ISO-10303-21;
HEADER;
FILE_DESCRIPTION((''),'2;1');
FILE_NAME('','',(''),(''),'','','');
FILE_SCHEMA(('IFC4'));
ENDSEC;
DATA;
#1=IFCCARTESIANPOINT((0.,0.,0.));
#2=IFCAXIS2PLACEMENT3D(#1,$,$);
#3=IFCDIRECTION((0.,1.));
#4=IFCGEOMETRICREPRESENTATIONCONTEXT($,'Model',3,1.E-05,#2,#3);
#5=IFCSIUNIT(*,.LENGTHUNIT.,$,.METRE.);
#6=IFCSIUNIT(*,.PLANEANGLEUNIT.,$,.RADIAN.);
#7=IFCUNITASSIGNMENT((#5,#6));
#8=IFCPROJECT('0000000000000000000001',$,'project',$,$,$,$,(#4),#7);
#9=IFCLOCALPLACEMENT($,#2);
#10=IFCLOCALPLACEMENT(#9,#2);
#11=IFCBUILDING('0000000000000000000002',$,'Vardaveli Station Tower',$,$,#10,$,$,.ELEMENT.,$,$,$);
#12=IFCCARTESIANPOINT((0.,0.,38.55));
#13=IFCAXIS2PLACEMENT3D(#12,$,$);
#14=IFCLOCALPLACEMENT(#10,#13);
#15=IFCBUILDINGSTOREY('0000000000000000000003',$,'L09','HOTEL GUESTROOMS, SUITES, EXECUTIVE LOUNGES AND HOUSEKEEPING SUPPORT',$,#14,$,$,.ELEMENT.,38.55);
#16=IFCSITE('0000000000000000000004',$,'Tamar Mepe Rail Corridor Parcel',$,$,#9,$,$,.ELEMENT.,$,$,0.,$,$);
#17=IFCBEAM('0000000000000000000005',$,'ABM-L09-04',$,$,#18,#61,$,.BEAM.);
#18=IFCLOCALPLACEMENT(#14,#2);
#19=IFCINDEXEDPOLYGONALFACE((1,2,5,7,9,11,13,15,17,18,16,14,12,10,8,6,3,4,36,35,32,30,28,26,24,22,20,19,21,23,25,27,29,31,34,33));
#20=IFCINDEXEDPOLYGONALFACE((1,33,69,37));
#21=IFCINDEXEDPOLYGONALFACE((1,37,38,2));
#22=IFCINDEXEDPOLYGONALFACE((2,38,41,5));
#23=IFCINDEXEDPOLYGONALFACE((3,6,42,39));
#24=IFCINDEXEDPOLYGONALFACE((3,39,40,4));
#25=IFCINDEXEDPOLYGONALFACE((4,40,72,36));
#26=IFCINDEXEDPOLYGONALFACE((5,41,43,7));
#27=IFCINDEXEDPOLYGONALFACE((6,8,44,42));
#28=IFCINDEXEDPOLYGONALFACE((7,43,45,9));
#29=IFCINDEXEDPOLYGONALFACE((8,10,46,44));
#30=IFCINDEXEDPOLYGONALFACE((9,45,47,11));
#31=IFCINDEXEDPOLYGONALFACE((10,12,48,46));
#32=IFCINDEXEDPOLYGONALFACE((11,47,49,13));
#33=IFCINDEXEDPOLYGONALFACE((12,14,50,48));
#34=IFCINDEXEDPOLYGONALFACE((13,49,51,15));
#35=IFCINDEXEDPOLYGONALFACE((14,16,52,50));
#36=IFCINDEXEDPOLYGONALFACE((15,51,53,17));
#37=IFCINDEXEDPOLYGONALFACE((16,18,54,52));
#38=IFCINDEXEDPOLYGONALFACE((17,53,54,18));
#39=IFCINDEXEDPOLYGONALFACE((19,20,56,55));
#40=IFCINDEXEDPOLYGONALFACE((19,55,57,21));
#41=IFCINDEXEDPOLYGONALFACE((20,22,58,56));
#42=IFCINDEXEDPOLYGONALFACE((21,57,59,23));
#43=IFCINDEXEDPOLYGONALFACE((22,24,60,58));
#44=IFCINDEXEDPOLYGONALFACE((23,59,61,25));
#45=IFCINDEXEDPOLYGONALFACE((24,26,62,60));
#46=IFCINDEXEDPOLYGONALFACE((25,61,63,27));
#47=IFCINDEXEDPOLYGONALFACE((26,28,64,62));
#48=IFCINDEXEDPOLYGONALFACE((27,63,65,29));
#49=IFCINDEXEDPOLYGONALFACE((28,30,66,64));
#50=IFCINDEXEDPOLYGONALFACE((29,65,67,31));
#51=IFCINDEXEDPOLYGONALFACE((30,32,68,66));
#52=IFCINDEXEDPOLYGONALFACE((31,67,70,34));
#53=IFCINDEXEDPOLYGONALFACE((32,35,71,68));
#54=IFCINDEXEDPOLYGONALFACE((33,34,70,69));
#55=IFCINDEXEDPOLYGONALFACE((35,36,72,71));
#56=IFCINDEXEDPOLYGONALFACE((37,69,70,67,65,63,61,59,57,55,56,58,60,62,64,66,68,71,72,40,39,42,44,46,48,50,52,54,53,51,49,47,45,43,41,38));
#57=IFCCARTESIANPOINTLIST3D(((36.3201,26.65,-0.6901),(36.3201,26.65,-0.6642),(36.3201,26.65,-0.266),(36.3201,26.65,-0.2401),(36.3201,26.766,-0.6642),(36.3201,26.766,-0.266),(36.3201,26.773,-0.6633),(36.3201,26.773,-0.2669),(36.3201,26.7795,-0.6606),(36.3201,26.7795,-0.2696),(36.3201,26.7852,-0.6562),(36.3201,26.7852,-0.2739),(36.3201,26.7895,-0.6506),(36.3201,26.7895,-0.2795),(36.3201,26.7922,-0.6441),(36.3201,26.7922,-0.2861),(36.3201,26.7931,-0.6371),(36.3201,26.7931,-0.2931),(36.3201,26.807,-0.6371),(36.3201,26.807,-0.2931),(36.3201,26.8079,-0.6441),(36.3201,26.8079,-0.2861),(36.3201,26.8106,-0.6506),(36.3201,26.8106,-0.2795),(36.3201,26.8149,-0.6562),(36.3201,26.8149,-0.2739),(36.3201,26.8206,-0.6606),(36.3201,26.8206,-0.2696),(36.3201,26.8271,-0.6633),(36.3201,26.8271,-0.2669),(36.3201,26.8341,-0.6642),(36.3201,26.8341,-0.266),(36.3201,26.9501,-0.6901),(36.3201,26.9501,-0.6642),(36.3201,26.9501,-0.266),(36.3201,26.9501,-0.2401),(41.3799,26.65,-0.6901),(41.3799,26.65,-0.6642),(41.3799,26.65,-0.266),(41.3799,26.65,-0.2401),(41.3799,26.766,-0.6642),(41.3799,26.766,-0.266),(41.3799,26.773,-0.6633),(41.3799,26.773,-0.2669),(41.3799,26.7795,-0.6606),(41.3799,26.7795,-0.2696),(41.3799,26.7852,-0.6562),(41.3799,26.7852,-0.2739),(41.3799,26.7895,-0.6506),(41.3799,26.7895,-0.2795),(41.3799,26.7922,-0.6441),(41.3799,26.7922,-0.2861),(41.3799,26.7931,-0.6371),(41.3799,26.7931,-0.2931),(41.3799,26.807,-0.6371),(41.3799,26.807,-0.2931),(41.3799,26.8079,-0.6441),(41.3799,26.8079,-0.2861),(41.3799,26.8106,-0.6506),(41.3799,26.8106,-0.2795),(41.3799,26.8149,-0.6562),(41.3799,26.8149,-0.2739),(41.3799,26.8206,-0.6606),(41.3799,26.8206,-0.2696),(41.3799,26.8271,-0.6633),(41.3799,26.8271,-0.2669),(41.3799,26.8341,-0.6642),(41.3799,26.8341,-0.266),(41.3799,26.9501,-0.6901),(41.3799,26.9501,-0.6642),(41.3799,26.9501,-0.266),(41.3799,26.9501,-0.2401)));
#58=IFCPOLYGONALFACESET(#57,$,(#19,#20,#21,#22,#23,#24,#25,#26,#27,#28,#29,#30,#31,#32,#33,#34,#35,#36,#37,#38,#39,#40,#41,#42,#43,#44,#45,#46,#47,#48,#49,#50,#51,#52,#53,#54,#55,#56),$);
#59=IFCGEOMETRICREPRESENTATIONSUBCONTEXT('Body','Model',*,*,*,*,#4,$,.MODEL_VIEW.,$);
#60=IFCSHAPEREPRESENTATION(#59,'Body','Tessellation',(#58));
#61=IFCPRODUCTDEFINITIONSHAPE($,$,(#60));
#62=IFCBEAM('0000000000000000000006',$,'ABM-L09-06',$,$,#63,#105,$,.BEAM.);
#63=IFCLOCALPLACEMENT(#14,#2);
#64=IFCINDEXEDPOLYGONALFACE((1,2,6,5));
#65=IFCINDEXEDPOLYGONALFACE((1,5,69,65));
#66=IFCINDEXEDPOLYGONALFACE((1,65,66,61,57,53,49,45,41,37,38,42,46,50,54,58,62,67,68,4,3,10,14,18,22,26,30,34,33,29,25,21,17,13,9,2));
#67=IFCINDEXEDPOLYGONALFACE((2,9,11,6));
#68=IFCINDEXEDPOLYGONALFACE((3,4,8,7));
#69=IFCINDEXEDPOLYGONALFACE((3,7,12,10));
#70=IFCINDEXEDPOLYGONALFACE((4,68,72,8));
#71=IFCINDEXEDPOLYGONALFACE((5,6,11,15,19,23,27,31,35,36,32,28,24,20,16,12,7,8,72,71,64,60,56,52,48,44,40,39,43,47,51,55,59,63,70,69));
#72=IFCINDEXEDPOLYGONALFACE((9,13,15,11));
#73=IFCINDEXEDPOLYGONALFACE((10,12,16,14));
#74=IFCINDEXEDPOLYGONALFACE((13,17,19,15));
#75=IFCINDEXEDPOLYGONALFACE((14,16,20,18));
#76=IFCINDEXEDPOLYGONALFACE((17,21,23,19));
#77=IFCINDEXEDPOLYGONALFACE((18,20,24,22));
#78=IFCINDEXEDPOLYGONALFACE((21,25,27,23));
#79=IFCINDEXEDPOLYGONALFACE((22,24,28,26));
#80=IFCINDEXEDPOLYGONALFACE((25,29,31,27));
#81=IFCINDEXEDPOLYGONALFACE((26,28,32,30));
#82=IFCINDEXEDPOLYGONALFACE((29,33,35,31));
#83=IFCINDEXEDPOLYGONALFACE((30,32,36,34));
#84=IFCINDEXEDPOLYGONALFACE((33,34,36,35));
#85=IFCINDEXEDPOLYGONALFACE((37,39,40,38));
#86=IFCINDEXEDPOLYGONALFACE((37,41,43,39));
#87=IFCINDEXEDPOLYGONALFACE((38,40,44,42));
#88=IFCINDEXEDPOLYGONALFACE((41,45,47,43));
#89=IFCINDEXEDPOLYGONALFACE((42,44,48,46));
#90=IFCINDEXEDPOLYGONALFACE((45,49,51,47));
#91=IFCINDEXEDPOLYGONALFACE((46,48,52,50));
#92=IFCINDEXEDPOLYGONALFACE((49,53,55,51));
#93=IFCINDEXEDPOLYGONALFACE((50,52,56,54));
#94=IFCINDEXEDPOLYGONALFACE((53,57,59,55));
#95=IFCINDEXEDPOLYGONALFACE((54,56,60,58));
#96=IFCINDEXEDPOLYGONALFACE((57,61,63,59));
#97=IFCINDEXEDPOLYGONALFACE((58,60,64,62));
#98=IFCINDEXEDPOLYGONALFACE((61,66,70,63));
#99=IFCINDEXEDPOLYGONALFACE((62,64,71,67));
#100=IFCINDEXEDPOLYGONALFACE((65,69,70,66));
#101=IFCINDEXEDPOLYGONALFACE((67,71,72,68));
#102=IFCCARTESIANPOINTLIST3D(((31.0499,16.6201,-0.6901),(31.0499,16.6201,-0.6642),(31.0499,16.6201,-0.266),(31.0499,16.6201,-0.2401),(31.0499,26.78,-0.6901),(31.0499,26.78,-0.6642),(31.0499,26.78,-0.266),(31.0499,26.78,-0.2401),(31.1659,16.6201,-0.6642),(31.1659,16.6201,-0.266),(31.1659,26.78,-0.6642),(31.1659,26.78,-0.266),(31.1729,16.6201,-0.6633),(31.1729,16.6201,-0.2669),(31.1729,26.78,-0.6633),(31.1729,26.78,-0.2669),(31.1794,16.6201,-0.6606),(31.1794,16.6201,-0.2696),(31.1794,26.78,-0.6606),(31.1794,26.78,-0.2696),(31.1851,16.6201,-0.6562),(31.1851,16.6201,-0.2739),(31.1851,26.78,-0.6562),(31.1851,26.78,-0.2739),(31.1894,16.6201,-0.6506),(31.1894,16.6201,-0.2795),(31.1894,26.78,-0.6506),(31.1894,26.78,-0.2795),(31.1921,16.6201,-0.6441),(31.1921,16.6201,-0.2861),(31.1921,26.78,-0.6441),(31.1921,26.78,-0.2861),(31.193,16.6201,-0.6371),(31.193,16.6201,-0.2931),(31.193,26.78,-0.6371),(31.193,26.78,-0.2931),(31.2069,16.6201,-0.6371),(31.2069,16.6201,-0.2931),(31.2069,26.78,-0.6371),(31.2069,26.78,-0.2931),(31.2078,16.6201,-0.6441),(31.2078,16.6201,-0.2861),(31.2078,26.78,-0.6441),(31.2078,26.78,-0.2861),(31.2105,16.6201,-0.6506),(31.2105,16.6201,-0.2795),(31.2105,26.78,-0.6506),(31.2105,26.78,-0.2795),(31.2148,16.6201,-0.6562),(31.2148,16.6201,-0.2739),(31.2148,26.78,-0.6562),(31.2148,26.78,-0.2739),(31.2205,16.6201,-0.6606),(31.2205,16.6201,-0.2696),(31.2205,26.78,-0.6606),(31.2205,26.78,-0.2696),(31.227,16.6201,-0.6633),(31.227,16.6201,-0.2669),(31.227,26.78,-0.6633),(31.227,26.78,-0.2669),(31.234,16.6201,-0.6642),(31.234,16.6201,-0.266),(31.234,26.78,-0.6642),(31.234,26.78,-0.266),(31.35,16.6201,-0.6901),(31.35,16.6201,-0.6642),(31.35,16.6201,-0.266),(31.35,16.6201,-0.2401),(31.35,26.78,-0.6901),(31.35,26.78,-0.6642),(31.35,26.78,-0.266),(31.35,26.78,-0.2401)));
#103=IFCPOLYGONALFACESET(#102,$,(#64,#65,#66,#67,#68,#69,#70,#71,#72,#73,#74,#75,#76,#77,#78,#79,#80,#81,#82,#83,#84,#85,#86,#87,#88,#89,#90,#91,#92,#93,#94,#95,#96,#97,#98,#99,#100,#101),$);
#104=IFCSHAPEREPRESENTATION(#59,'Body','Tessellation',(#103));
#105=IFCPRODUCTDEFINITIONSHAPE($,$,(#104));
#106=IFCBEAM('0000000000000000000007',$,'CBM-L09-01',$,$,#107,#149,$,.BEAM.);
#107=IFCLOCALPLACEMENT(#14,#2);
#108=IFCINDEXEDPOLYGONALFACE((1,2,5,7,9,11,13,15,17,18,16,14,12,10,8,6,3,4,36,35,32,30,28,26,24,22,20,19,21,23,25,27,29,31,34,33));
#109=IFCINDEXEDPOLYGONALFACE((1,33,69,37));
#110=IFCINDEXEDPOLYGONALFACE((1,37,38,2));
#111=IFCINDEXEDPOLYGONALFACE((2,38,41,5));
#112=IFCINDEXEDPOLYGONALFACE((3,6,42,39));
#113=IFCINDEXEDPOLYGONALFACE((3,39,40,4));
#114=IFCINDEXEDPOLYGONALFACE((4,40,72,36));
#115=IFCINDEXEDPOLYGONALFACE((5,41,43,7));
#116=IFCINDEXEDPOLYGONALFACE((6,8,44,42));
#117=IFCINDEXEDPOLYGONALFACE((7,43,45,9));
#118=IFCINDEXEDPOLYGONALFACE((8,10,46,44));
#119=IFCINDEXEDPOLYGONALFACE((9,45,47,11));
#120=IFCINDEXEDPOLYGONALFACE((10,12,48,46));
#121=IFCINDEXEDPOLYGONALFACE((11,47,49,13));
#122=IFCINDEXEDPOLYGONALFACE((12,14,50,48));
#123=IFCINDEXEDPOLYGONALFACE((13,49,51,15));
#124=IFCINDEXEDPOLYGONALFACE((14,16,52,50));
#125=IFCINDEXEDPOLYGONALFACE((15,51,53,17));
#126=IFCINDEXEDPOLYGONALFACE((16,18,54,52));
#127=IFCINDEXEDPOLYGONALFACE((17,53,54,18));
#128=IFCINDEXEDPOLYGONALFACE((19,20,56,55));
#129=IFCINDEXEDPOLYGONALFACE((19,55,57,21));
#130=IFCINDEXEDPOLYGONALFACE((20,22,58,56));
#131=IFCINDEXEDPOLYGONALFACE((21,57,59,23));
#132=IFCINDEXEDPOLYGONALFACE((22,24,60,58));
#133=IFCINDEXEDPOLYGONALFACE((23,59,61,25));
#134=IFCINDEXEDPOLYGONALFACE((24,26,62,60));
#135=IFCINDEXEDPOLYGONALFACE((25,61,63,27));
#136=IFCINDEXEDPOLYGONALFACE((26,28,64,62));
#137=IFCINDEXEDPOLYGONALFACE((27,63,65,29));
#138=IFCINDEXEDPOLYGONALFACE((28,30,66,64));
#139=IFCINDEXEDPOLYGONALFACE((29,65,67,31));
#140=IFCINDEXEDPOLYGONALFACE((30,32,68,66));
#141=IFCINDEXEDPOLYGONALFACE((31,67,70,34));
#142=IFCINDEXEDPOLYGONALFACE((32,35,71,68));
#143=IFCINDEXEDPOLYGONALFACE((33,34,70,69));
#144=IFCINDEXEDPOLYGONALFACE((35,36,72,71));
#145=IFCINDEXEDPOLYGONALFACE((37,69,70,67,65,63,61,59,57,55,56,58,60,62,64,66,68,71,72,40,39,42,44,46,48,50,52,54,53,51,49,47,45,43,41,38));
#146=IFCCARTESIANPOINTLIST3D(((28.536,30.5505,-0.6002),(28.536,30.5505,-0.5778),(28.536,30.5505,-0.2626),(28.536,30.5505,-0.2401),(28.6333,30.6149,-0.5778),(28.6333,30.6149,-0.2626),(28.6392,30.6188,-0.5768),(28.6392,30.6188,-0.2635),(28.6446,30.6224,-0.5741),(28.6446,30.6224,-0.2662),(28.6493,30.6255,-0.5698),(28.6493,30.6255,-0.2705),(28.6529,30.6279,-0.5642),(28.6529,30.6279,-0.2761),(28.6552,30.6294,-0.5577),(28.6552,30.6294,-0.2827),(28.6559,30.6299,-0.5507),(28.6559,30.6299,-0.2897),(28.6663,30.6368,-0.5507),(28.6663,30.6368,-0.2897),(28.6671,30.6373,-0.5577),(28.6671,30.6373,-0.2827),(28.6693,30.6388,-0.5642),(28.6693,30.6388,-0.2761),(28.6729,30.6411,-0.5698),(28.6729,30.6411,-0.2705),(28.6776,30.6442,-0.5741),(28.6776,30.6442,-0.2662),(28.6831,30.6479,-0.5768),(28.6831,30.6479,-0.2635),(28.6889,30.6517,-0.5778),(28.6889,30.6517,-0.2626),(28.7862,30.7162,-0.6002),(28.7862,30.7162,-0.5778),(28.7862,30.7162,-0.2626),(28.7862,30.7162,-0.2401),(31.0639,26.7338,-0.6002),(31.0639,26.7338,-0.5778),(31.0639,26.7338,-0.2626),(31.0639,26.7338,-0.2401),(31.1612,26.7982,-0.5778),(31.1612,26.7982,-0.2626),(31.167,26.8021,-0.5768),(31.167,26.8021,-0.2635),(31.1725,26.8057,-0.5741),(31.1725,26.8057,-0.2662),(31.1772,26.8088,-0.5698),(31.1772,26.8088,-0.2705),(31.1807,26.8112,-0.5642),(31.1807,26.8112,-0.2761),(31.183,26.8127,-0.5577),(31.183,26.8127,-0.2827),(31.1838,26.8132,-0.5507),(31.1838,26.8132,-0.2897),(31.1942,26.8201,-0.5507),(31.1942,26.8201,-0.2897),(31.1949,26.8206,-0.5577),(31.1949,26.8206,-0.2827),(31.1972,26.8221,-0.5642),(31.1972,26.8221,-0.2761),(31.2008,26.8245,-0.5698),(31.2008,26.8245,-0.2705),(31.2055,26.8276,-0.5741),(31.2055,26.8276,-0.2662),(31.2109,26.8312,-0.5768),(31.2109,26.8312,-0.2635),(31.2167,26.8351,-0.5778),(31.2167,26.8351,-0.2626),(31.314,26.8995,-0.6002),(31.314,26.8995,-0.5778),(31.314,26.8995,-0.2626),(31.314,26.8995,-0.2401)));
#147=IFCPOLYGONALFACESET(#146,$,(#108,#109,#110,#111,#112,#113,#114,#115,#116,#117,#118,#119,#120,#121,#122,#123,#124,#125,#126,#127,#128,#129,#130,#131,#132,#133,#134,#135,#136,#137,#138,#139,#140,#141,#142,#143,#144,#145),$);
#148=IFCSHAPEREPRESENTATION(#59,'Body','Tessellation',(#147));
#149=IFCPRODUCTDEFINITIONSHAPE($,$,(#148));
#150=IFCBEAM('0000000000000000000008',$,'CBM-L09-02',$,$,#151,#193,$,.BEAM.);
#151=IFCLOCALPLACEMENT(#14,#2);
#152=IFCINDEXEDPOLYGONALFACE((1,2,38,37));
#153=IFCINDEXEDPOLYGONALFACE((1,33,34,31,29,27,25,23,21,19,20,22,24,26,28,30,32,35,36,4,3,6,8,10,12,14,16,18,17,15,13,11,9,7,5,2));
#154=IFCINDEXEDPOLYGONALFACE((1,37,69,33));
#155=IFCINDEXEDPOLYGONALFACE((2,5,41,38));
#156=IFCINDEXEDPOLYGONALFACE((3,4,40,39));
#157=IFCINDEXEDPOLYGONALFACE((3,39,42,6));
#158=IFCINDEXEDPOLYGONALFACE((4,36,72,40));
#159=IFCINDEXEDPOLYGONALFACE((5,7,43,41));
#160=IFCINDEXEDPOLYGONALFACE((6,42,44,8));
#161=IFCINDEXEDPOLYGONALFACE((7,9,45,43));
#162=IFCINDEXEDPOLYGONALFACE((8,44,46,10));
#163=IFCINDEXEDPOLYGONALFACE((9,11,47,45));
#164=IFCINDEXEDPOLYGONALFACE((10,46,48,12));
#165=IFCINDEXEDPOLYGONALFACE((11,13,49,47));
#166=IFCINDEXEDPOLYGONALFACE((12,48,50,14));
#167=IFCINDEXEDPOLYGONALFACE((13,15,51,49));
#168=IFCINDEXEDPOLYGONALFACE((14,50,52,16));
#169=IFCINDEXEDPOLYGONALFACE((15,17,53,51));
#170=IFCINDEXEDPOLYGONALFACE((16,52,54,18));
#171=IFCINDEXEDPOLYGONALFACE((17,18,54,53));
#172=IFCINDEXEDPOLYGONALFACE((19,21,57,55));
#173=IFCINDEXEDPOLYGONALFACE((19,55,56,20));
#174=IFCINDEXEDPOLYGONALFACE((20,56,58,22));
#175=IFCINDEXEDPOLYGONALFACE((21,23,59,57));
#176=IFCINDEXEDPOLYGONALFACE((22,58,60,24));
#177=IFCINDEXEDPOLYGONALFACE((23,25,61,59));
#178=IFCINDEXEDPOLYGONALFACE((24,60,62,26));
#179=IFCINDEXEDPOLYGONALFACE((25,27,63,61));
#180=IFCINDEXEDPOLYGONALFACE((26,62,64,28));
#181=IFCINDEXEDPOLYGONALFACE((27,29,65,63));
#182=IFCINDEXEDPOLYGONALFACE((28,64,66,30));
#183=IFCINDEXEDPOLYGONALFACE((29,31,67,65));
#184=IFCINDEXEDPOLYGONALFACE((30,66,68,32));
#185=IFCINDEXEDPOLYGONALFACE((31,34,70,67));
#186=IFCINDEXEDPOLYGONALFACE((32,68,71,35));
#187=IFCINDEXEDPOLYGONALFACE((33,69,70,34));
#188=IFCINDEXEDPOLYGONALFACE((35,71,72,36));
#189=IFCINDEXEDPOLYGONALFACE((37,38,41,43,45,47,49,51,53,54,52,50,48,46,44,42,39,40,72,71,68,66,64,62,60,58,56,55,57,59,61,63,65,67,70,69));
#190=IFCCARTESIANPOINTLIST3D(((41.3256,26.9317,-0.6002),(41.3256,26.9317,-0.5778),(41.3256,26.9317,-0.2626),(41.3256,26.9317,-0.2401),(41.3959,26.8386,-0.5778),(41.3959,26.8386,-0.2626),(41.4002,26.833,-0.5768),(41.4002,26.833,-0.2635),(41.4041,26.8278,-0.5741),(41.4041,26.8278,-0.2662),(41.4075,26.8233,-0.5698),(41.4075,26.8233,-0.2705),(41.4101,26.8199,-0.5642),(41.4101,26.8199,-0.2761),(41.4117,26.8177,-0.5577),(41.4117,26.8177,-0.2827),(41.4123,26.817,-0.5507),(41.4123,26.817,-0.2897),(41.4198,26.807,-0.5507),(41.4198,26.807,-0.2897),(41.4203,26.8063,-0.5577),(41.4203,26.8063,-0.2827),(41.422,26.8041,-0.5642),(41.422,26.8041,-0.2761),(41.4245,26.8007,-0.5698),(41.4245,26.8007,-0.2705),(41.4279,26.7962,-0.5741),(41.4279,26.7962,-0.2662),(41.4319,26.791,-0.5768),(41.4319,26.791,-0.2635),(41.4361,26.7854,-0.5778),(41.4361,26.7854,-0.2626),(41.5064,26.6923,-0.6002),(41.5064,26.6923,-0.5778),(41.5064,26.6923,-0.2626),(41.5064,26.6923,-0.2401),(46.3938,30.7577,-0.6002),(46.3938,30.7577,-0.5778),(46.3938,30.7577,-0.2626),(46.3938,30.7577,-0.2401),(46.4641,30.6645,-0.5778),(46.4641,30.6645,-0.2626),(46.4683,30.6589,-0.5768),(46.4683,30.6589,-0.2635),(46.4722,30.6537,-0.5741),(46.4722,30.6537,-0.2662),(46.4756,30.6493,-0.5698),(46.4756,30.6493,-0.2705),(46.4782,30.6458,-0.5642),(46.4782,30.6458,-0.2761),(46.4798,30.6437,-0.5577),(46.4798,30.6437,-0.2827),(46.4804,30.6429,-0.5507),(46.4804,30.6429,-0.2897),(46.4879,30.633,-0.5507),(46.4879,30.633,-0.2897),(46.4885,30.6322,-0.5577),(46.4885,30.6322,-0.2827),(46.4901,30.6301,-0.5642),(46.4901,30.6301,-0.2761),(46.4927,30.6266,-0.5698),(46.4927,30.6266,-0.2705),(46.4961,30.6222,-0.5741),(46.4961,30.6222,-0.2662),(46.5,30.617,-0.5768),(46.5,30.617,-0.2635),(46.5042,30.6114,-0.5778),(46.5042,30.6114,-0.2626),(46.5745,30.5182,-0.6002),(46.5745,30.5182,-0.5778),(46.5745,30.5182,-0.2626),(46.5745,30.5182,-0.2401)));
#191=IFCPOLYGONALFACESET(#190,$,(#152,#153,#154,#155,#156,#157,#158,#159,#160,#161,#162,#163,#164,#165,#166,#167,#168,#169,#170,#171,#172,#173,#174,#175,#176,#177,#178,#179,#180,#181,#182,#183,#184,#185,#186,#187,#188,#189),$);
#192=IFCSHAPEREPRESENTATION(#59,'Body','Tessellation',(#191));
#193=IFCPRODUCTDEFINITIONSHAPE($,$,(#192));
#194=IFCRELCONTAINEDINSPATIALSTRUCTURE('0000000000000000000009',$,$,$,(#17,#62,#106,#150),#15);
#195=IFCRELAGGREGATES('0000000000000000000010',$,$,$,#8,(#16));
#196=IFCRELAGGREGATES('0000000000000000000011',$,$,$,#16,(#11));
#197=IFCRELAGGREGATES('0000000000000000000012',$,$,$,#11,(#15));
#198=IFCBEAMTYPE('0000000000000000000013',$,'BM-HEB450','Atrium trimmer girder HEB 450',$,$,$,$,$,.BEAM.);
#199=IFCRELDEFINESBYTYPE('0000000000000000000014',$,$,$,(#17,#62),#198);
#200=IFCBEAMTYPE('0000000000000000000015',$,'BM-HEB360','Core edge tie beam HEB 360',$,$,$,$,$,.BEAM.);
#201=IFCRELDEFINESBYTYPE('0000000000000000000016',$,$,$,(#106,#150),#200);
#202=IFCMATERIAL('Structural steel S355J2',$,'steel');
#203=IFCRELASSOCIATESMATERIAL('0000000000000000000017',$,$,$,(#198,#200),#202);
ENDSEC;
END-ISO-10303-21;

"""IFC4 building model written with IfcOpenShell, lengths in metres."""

from ifc_helpers import new_model, si_unit, direction, frame, origin, origin_2d, place, context, subcontext, project, spatial, i_section, extrude, source, transform, mapped, material, material_profile, profile_set, type_object, element, save


model = new_model("IFC4")

# Units and contexts
model_context = context("Model", 3, precision=1e-05, world=origin(), true_north=direction((0.0, 1.0)))
body_context = subcontext(model_context, "Body", "Model", "MODEL_VIEW")
ifc_project = project(units=[si_unit("LENGTHUNIT", "METRE"), si_unit("PLANEANGLEUNIT", "RADIAN")], contexts=[model_context])

# Site, building, storey
site_placement = place(None, origin())
site = spatial("IfcSite", under=ifc_project, at=site_placement, Name="Tamar Mepe Rail Corridor Parcel", CompositionType="ELEMENT", RefElevation=0.0)
building_placement = place(site_placement, origin())
building = spatial("IfcBuilding", under=site, at=building_placement, Name="Vardaveli Station Tower", CompositionType="ELEMENT")
storey_placement = place(building_placement, frame((0.0, 0.0, 38.55)))
storey = spatial("IfcBuildingStorey", under=building, at=storey_placement, Name="L09", Description="HOTEL GUESTROOMS, SUITES, EXECUTIVE LOUNGES AND HOUSEKEEPING SUPPORT", CompositionType="ELEMENT", Elevation=38.55)

# Beams
ifc_material_1 = material(Name="Structural steel S355J2", Category="steel")
ifc_material_profile_1 = material_profile(ifc_material_1, i_section(OverallWidth=0.3, OverallDepth=0.45, WebThickness=0.0139, FlangeThickness=0.0259, FilletRadius=0.0271, at=origin_2d()), Name="HEB 450")
ifc_profile_set_1 = profile_set([ifc_material_profile_1], Name="Structural steel S355J2")
beam_type_1 = type_object("IfcBeamType", Name="BM-HEB450", Description="Atrium trimmer girder HEB 450", PredefinedType="BEAM", material=ifc_profile_set_1)
shared_shape_1 = source(origin(), body_context, "Body", "SweptSolid", [
    extrude(i_section(OverallWidth=0.3, OverallDepth=0.45, WebThickness=0.0139, FlangeThickness=0.0259, FilletRadius=0.0271, at=origin_2d()), origin(), (0.0, 0.0, 1.0), 5.0598),
])
beam_1_placement = place(storey_placement, frame((41.3799, 26.8, -0.4651), z_axis=(-1.0, 0.0, 0.0), x_axis=(0.0, -1.0, 0.0)))
element("IfcBeam", 1, at=beam_1_placement, inside=storey, type_object=beam_type_1, Name="ABM-L09-04", PredefinedType="BEAM", context=body_context, shape_type="MappedRepresentation", body=[
    mapped(shared_shape_1, transform((0.0, 0.0, 0.0), scale=1.0)),
])
shared_shape_2 = source(origin(), body_context, "Body", "SweptSolid", [
    extrude(i_section(OverallWidth=0.3, OverallDepth=0.45, WebThickness=0.0139, FlangeThickness=0.0259, FilletRadius=0.0271, at=origin_2d()), origin(), (0.0, 0.0, 1.0), 10.1599),
])
beam_2_placement = place(storey_placement, frame((31.2, 26.78, -0.4651), z_axis=(0.0, -1.0, 0.0), x_axis=(1.0, 0.0, 0.0)))
element("IfcBeam", 2, at=beam_2_placement, inside=storey, type_object=beam_type_1, Name="ABM-L09-06", PredefinedType="BEAM", context=body_context, shape_type="MappedRepresentation", body=[
    mapped(shared_shape_2, transform((0.0, 0.0, 0.0), scale=1.0)),
])
ifc_material_profile_2 = material_profile(ifc_material_1, i_section(OverallWidth=0.3, OverallDepth=0.3601, WebThickness=0.0125, FlangeThickness=0.0225, FilletRadius=0.0271, at=origin_2d()), Name="HEB 360")
ifc_profile_set_2 = profile_set([ifc_material_profile_2], Name="Structural steel S355J2")
beam_type_2 = type_object("IfcBeamType", Name="BM-HEB360", Description="Core edge tie beam HEB 360", PredefinedType="BEAM", material=ifc_profile_set_2)
shared_shape_3 = source(origin(), body_context, "Body", "SweptSolid", [
    extrude(i_section(OverallWidth=0.3, OverallDepth=0.3601, WebThickness=0.0125, FlangeThickness=0.0225, FilletRadius=0.0271, at=origin_2d()), origin(), (0.0, 0.0, 1.0), 4.5779),
])
beam_3_placement = place(storey_placement, frame((31.189, 26.8167, -0.4202), z_axis=(-0.552187, 0.83372, 0.0), x_axis=(-0.83372, -0.552187, 0.0)))
element("IfcBeam", 3, at=beam_3_placement, inside=storey, type_object=beam_type_2, Name="CBM-L09-01", PredefinedType="BEAM", context=body_context, shape_type="MappedRepresentation", body=[
    mapped(shared_shape_3, transform((0.0, 0.0, 0.0), scale=1.0)),
])
shared_shape_4 = source(origin(), body_context, "Body", "SweptSolid", [
    extrude(i_section(OverallWidth=0.3, OverallDepth=0.3601, WebThickness=0.0125, FlangeThickness=0.0225, FilletRadius=0.0271, at=origin_2d()), origin(), (0.0, 0.0, 1.0), 6.3501),
])
beam_4_placement = place(storey_placement, frame((41.416, 26.812, -0.4202), z_axis=(0.798118, 0.602501, 0.0), x_axis=(-0.602501, 0.798118, 0.0)))
element("IfcBeam", 4, at=beam_4_placement, inside=storey, type_object=beam_type_2, Name="CBM-L09-02", PredefinedType="BEAM", context=body_context, shape_type="MappedRepresentation", body=[
    mapped(shared_shape_4, transform((0.0, 0.0, 0.0), scale=1.0)),
])

save(model, "model.ifc")
